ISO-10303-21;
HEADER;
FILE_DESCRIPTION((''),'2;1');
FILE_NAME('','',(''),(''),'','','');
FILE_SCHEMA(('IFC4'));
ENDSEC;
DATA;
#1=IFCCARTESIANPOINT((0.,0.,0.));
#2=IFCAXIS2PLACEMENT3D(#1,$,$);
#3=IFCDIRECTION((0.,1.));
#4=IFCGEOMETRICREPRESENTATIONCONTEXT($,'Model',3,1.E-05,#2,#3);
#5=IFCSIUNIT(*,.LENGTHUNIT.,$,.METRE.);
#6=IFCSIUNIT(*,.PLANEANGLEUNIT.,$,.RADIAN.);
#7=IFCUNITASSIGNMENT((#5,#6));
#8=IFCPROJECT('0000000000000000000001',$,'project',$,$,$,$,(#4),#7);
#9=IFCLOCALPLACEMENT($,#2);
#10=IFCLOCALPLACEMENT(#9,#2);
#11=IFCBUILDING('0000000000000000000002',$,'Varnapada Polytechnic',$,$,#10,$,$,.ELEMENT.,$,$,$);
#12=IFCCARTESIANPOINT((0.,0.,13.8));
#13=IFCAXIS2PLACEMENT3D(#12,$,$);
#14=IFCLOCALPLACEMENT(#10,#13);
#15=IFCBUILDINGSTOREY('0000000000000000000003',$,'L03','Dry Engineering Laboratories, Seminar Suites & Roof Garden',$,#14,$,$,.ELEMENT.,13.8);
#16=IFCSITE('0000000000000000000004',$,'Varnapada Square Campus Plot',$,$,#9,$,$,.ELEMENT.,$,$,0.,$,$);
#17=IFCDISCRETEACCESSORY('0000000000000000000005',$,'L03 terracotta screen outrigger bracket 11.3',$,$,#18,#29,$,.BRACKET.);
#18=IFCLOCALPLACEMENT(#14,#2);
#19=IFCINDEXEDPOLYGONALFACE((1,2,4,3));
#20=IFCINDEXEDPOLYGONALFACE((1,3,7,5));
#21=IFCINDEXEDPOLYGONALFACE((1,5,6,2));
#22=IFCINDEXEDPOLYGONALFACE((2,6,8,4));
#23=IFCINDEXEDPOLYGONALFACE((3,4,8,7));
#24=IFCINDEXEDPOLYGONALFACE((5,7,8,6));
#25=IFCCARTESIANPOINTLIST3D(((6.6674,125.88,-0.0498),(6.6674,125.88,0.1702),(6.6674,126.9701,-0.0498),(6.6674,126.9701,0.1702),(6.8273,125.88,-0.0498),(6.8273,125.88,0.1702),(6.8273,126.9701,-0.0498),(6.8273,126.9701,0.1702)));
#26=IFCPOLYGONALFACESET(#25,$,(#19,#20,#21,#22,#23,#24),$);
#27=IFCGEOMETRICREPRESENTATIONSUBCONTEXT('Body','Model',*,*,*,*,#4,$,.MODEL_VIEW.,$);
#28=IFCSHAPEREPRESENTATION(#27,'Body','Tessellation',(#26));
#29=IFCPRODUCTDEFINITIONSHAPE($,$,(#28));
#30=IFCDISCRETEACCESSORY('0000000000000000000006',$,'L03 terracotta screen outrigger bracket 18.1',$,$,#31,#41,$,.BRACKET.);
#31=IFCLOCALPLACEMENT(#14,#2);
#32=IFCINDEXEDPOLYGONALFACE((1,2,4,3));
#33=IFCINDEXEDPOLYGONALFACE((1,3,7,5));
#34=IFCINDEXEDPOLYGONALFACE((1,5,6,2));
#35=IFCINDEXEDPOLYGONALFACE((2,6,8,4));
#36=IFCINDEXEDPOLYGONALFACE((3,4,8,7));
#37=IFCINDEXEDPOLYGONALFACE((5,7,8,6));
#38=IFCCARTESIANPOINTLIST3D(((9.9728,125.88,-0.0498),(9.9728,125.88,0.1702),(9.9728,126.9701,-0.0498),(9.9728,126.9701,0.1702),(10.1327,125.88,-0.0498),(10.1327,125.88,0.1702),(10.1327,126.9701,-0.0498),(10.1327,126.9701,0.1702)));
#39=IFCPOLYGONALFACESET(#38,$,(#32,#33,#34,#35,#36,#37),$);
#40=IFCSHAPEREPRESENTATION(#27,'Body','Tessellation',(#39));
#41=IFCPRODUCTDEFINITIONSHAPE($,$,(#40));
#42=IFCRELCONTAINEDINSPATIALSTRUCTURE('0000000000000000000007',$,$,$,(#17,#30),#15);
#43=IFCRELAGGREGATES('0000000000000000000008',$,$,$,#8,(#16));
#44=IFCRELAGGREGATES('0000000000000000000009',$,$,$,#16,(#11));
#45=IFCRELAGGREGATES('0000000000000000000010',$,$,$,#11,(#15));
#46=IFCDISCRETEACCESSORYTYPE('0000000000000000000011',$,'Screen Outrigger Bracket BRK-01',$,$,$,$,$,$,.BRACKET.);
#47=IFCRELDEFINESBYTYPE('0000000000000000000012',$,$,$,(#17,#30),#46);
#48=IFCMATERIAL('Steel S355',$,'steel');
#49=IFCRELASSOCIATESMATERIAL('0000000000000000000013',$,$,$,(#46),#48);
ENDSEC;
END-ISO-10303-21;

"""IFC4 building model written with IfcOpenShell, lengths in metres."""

from ifc_helpers import new_model, si_unit, direction, frame, origin, origin_2d, place, context, subcontext, project, spatial, rectangle, extrude, material, type_object, element, save


model = new_model("IFC4")

# Units and contexts
model_context = context("Model", 3, precision=1e-05, world=origin(), true_north=direction((0.0, 1.0)))
body_context = subcontext(model_context, "Body", "Model", "MODEL_VIEW")
ifc_project = project(units=[si_unit("LENGTHUNIT", "METRE"), si_unit("PLANEANGLEUNIT", "RADIAN")], contexts=[model_context])

# Site, building, storey
site_placement = place(None, origin())
site = spatial("IfcSite", under=ifc_project, at=site_placement, Name="Varnapada Square Campus Plot", CompositionType="ELEMENT", RefElevation=0.0)
building_placement = place(site_placement, origin())
building = spatial("IfcBuilding", under=site, at=building_placement, Name="Varnapada Polytechnic", CompositionType="ELEMENT")
storey_placement = place(building_placement, frame((0.0, 0.0, 13.8)))
storey = spatial("IfcBuildingStorey", under=building, at=storey_placement, Name="L03", Description="Dry Engineering Laboratories, Seminar Suites & Roof Garden", CompositionType="ELEMENT", Elevation=13.8)

# Discrete accessories
ifc_material_1 = material(Name="Steel S355", Category="steel")
discrete_accessory_type = type_object("IfcDiscreteAccessoryType", Name="Screen Outrigger Bracket BRK-01", PredefinedType="BRACKET", material=ifc_material_1)
for number, where, z_axis, x_axis, name in (
    (1, (6.7473, 126.425, -0.0498), (0.0, 0.0, 1.0), (1.0, 0.0, 0.0), "L03 terracotta screen outrigger bracket 11.3"),
    (2, (10.0527, 126.425, -0.0498), (0.0, 0.0, 1.0), (1.0, 0.0, 0.0), "L03 terracotta screen outrigger bracket 18.1"),
):
    element("IfcDiscreteAccessory", number, at=place(storey_placement, frame(where, z_axis=z_axis, x_axis=x_axis)), inside=storey, type_object=discrete_accessory_type, Name=name, PredefinedType="BRACKET", context=body_context, shape_type="SweptSolid", body=[
        extrude(rectangle(XDim=0.1599, YDim=1.0901, at=origin_2d()), origin(), (0.0, 0.0, 1.0), 0.22),
    ])

save(model, "model.ifc")
